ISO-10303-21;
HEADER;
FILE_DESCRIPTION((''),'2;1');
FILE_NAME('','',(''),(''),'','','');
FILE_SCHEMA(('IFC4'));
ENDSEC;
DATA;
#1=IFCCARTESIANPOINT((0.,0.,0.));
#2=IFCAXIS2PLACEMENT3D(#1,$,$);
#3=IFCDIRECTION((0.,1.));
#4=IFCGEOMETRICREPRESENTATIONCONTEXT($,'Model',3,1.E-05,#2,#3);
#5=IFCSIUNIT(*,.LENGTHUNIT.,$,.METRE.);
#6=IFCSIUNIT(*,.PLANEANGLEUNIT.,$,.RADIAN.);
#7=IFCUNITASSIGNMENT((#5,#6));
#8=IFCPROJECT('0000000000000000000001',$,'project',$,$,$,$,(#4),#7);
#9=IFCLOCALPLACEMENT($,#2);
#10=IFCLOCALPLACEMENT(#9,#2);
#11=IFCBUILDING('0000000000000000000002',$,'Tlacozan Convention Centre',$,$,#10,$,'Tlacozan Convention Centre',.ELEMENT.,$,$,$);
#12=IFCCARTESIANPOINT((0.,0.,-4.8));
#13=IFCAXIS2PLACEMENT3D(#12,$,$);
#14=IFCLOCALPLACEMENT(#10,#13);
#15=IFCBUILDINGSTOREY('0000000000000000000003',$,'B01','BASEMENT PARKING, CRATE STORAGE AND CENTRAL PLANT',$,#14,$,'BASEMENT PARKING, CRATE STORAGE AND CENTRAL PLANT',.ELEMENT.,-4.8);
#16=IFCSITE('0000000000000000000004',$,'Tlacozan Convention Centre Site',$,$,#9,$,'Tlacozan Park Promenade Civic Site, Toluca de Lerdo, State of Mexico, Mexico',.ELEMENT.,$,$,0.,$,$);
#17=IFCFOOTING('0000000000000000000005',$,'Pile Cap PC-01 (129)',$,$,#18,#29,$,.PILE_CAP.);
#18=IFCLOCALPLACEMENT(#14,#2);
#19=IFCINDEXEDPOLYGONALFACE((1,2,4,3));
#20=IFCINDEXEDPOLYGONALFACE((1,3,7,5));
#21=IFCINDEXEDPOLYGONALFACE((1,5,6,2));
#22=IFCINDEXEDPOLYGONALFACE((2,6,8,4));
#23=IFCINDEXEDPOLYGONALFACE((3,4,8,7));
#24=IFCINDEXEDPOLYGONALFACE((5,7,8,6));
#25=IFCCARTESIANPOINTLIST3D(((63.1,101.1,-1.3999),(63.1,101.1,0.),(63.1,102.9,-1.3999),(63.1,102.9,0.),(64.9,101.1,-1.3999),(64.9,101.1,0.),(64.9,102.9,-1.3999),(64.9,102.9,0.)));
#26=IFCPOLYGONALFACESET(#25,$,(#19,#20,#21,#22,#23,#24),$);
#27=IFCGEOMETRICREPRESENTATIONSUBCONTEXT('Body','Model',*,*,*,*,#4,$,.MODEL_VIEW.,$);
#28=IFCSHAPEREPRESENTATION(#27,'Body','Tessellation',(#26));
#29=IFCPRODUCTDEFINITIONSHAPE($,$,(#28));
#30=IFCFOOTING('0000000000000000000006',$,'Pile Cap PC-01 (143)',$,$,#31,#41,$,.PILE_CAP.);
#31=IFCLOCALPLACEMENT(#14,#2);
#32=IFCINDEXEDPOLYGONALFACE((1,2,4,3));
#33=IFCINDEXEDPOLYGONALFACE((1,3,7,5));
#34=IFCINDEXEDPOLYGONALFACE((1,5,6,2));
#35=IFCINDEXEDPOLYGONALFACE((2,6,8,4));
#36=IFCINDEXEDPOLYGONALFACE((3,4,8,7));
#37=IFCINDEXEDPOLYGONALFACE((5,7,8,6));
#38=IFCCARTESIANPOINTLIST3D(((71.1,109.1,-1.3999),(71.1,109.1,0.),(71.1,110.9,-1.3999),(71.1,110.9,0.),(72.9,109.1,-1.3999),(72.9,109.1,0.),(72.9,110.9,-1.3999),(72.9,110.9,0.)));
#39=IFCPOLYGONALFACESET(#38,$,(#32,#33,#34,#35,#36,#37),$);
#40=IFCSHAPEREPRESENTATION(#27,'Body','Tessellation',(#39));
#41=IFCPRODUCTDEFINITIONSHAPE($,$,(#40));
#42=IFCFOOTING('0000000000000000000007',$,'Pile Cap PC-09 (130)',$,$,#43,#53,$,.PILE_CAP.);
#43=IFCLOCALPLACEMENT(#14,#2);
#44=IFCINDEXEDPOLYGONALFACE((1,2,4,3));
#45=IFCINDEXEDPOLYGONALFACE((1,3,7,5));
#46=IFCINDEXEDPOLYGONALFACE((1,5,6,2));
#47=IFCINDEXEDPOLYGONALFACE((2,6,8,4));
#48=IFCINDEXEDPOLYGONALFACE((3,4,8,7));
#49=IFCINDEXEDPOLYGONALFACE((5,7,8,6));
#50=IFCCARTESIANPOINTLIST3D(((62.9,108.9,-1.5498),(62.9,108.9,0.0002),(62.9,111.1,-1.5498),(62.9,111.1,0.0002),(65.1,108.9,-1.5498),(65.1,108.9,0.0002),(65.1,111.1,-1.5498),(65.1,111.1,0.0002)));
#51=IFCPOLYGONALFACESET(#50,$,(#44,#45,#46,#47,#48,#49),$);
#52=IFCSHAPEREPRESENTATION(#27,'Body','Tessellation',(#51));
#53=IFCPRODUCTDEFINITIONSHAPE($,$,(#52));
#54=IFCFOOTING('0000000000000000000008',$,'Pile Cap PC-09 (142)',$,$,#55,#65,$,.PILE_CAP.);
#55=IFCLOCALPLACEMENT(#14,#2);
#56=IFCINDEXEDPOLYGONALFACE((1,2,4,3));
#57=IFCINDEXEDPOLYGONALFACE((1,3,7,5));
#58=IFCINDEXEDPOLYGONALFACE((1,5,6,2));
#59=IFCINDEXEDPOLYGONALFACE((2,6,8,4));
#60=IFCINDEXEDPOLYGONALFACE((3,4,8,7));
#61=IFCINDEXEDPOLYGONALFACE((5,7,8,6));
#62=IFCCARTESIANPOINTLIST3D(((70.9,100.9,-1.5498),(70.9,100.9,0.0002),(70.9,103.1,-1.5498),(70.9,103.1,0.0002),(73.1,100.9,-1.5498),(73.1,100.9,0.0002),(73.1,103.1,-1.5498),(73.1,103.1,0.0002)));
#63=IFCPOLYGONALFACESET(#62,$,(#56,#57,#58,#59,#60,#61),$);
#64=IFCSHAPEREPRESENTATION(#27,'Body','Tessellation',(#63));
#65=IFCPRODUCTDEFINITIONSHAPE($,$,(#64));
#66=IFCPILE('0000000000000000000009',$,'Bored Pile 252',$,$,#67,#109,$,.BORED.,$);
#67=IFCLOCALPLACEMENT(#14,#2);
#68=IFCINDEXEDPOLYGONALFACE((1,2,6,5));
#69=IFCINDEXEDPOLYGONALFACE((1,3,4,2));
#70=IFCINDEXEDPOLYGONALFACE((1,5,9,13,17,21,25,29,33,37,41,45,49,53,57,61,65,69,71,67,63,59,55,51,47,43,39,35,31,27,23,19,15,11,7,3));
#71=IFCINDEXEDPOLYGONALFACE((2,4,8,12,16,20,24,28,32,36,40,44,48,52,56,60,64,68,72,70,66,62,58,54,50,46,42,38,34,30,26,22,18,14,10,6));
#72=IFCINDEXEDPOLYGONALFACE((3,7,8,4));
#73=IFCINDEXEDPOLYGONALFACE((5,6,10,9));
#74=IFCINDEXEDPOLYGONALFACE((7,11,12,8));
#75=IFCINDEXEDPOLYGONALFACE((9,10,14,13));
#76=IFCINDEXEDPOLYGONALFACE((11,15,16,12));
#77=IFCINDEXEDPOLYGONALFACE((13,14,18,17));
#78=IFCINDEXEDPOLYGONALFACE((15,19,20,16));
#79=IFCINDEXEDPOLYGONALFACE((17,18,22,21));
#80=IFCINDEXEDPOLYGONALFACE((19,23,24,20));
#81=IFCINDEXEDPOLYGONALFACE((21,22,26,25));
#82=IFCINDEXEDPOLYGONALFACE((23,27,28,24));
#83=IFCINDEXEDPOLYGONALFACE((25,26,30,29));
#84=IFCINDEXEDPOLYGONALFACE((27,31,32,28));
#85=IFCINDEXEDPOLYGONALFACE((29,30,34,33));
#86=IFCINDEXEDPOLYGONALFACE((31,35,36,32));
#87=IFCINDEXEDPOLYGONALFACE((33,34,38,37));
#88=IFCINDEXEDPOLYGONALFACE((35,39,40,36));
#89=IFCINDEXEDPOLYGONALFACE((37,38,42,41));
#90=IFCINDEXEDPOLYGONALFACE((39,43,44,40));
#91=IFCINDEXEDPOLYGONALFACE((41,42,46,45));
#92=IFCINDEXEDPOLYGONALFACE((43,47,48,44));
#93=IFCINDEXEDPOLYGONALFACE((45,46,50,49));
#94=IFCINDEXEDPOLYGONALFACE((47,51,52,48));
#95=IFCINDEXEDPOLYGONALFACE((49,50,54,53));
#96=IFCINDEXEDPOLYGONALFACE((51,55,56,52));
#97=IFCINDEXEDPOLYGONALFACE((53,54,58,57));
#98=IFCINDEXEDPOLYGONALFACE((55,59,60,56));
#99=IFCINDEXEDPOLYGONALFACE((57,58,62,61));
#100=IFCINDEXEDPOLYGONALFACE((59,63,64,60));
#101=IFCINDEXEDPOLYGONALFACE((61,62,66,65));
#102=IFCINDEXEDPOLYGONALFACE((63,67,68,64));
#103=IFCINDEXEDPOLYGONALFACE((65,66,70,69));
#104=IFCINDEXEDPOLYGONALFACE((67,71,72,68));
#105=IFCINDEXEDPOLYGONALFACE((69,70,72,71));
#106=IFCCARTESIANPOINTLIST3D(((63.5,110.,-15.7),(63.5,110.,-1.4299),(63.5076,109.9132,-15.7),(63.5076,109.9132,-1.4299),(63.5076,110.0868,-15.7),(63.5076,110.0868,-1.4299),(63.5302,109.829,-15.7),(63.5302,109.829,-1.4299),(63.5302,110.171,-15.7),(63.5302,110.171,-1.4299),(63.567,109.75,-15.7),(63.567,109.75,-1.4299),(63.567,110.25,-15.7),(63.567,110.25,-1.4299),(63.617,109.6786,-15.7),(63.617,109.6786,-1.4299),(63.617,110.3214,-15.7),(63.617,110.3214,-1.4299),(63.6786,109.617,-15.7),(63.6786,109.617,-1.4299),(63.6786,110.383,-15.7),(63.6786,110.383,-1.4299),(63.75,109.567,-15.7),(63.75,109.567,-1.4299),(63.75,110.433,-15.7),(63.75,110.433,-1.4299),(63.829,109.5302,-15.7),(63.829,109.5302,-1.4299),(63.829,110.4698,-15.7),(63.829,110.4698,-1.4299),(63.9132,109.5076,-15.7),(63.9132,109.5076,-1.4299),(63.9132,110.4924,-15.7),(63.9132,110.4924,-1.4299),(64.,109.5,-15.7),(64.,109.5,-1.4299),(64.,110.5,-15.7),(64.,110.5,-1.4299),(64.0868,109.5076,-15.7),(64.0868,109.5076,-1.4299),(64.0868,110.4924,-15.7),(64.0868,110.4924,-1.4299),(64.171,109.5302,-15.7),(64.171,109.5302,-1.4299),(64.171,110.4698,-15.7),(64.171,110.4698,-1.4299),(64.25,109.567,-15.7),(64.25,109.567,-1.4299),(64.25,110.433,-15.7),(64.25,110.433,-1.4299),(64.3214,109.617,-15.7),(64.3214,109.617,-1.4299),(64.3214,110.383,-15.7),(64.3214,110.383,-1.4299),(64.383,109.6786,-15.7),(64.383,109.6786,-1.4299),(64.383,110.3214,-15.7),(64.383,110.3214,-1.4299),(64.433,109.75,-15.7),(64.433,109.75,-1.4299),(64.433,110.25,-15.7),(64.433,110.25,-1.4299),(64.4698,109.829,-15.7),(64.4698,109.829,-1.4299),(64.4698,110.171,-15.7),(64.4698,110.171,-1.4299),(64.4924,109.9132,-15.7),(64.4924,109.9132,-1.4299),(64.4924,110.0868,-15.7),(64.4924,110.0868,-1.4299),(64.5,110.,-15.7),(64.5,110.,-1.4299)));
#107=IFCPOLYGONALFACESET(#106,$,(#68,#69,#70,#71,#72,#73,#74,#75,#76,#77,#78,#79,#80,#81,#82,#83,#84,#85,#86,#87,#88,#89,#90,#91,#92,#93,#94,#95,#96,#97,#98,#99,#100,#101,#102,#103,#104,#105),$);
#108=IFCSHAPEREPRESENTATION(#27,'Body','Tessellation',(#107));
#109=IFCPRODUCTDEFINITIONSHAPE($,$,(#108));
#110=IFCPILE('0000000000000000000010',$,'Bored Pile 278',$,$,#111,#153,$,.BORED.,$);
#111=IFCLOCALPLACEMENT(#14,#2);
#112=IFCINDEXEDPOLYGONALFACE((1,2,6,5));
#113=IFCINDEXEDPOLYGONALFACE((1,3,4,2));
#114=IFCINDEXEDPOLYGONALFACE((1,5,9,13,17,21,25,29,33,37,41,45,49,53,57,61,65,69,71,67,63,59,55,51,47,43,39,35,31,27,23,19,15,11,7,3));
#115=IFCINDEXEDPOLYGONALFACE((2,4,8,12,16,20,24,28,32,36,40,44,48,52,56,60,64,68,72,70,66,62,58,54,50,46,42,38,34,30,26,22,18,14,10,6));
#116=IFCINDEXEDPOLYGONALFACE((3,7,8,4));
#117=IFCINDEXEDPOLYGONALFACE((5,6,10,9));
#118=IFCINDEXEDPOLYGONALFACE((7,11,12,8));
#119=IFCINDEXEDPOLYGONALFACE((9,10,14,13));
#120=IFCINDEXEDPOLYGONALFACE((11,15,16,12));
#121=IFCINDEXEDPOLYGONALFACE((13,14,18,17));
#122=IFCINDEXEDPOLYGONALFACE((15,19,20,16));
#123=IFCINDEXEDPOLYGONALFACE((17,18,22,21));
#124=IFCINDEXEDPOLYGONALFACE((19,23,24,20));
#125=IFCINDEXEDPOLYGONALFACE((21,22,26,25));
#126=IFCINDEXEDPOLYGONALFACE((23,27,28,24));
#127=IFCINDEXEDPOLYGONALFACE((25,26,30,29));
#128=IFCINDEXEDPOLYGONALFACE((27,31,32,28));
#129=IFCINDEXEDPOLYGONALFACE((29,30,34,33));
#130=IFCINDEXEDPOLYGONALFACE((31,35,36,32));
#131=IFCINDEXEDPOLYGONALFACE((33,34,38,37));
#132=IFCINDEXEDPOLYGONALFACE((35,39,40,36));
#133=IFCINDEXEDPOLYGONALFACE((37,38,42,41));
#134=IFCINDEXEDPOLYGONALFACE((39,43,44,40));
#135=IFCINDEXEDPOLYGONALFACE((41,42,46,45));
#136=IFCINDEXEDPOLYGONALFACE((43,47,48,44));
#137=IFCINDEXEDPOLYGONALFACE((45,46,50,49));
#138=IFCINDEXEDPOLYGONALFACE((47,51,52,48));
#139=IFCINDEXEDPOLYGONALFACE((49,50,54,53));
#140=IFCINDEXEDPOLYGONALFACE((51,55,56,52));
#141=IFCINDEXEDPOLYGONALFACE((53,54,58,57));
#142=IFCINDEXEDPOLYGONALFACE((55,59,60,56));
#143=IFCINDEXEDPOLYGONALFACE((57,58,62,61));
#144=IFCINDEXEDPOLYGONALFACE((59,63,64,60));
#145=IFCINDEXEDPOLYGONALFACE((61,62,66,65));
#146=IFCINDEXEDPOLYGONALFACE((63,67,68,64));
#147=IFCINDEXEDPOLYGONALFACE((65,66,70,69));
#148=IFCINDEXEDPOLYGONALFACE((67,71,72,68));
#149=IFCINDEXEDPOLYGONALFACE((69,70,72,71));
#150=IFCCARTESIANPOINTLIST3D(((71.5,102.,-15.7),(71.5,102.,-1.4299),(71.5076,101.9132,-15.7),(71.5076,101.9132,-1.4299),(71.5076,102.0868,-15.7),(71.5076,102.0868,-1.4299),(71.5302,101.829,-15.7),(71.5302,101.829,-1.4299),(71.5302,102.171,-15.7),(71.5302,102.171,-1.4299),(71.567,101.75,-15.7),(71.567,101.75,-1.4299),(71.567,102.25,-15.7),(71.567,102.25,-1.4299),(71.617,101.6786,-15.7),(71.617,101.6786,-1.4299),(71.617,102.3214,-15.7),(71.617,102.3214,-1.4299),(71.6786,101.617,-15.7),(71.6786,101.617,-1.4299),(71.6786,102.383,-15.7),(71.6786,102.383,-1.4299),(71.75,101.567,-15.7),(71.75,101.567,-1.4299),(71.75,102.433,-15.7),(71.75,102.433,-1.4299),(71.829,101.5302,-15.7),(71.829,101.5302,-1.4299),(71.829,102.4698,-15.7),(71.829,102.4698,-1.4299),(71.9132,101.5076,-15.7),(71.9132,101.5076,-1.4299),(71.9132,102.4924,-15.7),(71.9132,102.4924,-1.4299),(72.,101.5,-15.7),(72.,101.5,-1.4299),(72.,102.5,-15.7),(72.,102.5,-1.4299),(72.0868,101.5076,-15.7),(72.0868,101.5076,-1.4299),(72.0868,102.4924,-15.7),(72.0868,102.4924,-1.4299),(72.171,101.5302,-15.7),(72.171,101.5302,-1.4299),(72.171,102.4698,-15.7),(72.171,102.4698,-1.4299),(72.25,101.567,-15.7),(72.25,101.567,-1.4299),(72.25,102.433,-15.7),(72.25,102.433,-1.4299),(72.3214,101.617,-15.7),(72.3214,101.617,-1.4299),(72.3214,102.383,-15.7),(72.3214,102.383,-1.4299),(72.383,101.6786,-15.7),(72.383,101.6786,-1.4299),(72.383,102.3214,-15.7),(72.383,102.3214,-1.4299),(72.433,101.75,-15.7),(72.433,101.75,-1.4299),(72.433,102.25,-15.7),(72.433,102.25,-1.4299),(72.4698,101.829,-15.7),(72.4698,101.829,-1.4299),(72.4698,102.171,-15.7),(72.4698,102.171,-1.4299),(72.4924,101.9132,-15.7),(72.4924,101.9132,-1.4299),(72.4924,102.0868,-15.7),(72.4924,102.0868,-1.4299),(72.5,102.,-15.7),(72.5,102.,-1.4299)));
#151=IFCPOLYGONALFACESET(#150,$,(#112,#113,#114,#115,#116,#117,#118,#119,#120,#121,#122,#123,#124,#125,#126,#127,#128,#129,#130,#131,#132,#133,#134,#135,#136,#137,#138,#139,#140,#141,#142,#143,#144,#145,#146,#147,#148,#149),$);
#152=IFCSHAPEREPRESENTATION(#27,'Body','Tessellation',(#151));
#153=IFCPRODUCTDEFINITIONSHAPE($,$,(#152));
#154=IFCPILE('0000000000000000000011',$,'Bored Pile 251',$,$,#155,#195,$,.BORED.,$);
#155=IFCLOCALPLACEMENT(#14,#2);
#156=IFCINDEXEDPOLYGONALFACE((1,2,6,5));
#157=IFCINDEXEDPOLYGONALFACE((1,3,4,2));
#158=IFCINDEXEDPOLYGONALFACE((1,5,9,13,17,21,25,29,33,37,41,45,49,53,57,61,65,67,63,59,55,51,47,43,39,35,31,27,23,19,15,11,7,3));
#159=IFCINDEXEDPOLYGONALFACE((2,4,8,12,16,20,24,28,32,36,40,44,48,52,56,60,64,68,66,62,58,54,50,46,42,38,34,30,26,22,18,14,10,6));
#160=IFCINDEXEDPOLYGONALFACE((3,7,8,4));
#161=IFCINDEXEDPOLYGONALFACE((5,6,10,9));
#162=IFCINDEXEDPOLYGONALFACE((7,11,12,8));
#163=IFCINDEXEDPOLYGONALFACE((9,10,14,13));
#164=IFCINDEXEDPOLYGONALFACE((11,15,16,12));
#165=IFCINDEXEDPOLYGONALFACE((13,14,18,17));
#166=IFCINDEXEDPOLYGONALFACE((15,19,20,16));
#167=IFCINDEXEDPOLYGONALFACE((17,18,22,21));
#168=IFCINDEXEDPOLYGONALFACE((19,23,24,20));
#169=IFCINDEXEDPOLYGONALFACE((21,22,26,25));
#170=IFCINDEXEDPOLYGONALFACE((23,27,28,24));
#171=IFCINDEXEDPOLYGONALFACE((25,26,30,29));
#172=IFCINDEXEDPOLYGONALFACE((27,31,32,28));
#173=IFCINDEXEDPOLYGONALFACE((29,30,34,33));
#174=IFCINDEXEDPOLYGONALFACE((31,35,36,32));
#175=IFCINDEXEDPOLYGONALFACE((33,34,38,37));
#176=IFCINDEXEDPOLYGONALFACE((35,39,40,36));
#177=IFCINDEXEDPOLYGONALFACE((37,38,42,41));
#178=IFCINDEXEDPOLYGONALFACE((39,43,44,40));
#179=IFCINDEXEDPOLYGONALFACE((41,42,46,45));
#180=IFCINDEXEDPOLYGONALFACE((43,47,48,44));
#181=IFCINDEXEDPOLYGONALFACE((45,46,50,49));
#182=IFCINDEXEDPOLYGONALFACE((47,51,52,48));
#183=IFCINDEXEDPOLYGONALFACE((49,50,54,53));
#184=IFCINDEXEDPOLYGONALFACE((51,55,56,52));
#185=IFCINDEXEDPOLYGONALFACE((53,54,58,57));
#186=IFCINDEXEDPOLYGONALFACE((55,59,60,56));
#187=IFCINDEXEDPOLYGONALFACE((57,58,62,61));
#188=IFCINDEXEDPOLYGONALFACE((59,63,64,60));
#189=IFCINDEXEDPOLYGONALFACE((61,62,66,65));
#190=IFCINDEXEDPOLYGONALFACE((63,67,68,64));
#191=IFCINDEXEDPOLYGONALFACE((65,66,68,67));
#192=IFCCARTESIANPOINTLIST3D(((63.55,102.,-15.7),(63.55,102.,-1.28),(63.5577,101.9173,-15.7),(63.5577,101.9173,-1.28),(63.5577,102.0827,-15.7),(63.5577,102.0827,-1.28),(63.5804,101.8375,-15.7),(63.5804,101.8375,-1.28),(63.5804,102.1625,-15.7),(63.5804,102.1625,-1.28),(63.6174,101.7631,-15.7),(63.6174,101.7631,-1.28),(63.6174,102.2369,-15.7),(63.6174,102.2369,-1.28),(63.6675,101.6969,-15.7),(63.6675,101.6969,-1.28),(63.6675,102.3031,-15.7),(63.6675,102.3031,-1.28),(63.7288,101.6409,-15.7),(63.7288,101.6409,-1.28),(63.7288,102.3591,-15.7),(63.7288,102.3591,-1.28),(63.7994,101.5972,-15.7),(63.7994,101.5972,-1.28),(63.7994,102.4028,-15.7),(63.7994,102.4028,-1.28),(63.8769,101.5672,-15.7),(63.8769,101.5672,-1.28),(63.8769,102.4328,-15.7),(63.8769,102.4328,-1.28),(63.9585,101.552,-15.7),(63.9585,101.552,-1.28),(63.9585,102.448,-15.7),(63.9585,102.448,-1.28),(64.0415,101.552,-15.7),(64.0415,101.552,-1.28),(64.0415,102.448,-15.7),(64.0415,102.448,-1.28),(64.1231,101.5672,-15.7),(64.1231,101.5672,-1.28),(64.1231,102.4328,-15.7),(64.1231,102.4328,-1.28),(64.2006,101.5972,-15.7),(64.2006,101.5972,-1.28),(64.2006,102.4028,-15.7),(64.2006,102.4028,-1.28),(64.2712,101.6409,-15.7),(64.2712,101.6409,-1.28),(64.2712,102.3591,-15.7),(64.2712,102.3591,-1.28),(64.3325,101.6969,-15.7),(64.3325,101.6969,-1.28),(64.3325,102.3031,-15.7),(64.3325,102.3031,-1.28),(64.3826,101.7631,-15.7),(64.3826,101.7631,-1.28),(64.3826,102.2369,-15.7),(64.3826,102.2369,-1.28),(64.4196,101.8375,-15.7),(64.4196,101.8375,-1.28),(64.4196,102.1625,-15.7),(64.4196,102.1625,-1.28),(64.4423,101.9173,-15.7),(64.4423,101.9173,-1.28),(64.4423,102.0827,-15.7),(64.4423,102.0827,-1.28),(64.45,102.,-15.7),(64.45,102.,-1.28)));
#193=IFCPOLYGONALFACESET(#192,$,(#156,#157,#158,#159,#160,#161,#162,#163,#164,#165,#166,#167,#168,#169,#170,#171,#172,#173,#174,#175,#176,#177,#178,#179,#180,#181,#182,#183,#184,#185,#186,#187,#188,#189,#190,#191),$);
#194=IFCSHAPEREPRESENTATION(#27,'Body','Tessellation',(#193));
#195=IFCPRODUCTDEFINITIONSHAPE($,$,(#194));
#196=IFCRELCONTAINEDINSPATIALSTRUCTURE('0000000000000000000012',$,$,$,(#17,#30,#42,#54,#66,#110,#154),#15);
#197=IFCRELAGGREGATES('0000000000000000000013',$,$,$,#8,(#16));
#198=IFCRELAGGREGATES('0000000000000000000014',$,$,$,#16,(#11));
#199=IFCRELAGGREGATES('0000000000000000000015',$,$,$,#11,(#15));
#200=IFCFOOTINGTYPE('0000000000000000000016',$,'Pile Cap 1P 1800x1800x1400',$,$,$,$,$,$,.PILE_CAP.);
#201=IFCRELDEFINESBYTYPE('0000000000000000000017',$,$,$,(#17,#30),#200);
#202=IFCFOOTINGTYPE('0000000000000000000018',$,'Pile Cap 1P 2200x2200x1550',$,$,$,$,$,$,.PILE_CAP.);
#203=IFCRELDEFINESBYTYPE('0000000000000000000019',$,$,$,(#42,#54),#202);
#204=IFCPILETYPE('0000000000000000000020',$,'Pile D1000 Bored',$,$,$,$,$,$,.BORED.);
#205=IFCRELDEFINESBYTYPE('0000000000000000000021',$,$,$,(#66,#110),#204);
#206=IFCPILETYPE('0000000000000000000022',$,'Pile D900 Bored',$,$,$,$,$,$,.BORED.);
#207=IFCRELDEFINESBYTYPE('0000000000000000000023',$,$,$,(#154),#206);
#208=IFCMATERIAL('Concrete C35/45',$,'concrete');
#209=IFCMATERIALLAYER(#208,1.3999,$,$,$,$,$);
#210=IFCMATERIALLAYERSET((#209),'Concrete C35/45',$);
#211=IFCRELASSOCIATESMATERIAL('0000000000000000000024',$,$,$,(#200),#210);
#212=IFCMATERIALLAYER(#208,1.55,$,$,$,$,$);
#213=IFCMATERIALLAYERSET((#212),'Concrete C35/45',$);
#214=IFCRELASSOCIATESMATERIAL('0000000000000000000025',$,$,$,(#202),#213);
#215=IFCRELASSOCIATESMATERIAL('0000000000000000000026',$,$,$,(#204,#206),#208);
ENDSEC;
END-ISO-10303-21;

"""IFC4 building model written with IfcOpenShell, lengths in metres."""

from ifc_helpers import new_model, si_unit, direction, frame, origin, origin_2d, place, context, subcontext, project, spatial, rectangle, circle, extrude, material, layer, layer_set, material_profile, profile_set, type_object, element, save


model = new_model("IFC4")

# Units and contexts
model_context = context("Model", 3, precision=1e-05, world=origin(), true_north=direction((0.0, 1.0)))
body_context = subcontext(model_context, "Body", "Model", "MODEL_VIEW")
ifc_project = project(units=[si_unit("LENGTHUNIT", "METRE"), si_unit("PLANEANGLEUNIT", "RADIAN")], contexts=[model_context])

# Site, building, storey
site_placement = place(None, origin())
site = spatial("IfcSite", under=ifc_project, at=site_placement, Name="Tlacozan Convention Centre Site", LongName="Tlacozan Park Promenade Civic Site, Toluca de Lerdo, State of Mexico, Mexico", CompositionType="ELEMENT", RefElevation=0.0)
building_placement = place(site_placement, origin())
building = spatial("IfcBuilding", under=site, at=building_placement, Name="Tlacozan Convention Centre", LongName="Tlacozan Convention Centre", CompositionType="ELEMENT")
storey_placement = place(building_placement, frame((0.0, 0.0, -4.8)))
storey = spatial("IfcBuildingStorey", under=building, at=storey_placement, Name="B01", Description="BASEMENT PARKING, CRATE STORAGE AND CENTRAL PLANT", LongName="BASEMENT PARKING, CRATE STORAGE AND CENTRAL PLANT", CompositionType="ELEMENT", Elevation=-4.8)

# Footings
ifc_material_1 = material(Name="Concrete C35/45", Category="concrete")
ifc_layer_1 = layer(ifc_material_1, 1.3999)
ifc_layer_set_1 = layer_set([ifc_layer_1], Name="Concrete C35/45")
footing_type_1 = type_object("IfcFootingType", Name="Pile Cap 1P 1800x1800x1400", PredefinedType="PILE_CAP", material=ifc_layer_set_1)
for number, where, z_axis, x_axis, name in (
    (1, (64.0, 102.0, -1.3999), (0.0, 0.0, 1.0), (1.0, 0.0, 0.0), "Pile Cap PC-01 (129)"),
    (2, (72.0, 110.0, -1.3999), (0.0, 0.0, 1.0), (1.0, 0.0, 0.0), "Pile Cap PC-01 (143)"),
):
    element("IfcFooting", number, at=place(storey_placement, frame(where, z_axis=z_axis, x_axis=x_axis)), inside=storey, type_object=footing_type_1, Name=name, PredefinedType="PILE_CAP", context=body_context, shape_type="SweptSolid", body=[
        extrude(rectangle(XDim=1.8, YDim=1.8, at=origin_2d()), origin(), (0.0, 0.0, 1.0), 1.3999),
    ])
ifc_layer_2 = layer(ifc_material_1, 1.55)
ifc_layer_set_2 = layer_set([ifc_layer_2], Name="Concrete C35/45")
footing_type_2 = type_object("IfcFootingType", Name="Pile Cap 1P 2200x2200x1550", PredefinedType="PILE_CAP", material=ifc_layer_set_2)
for number, where, z_axis, x_axis, name in (
    (3, (64.0, 110.0, -1.5498), (0.0, 0.0, 1.0), (1.0, 0.0, 0.0), "Pile Cap PC-09 (130)"),
    (4, (72.0, 102.0, -1.5498), (0.0, 0.0, 1.0), (1.0, 0.0, 0.0), "Pile Cap PC-09 (142)"),
):
    element("IfcFooting", number, at=place(storey_placement, frame(where, z_axis=z_axis, x_axis=x_axis)), inside=storey, type_object=footing_type_2, Name=name, PredefinedType="PILE_CAP", context=body_context, shape_type="SweptSolid", body=[
        extrude(rectangle(XDim=2.2, YDim=2.2, at=origin_2d()), origin(), (0.0, 0.0, 1.0), 1.55),
    ])

# Piles
ifc_material_profile_1 = material_profile(ifc_material_1, circle(Radius=0.5, at=origin_2d()), Name="PILE D1000")
ifc_profile_set_1 = profile_set([ifc_material_profile_1], Name="Concrete C35/45")
pile_type_1 = type_object("IfcPileType", Name="Pile D1000 Bored", PredefinedType="BORED", material=ifc_profile_set_1)
for number, where, z_axis, x_axis, name in (
    (5, (64.0, 110.0, -1.4299), (0.0, 0.0, -1.0), (1.0, 0.0, 0.0), "Bored Pile 252"),
    (6, (72.0, 102.0, -1.4299), (0.0, 0.0, -1.0), (1.0, 0.0, 0.0), "Bored Pile 278"),
):
    element("IfcPile", number, at=place(storey_placement, frame(where, z_axis=z_axis, x_axis=x_axis)), inside=storey, type_object=pile_type_1, Name=name, PredefinedType="BORED", context=body_context, shape_type="SweptSolid", body=[
        extrude(circle(Radius=0.5, at=origin_2d()), origin(), (0.0, 0.0, 1.0), 14.27),
    ])
ifc_material_profile_2 = material_profile(ifc_material_1, circle(Radius=0.45, at=origin_2d()), Name="PILE D900")
ifc_profile_set_2 = profile_set([ifc_material_profile_2], Name="Concrete C35/45")
pile_type_2 = type_object("IfcPileType", Name="Pile D900 Bored", PredefinedType="BORED", material=ifc_profile_set_2)
for number, where, z_axis, x_axis, name in (
    (7, (64.0, 102.0, -1.28), (0.0, 0.0, -1.0), (1.0, 0.0, 0.0), "Bored Pile 251"),
):
    element("IfcPile", number, at=place(storey_placement, frame(where, z_axis=z_axis, x_axis=x_axis)), inside=storey, type_object=pile_type_2, Name=name, PredefinedType="BORED", context=body_context, shape_type="SweptSolid", body=[
        extrude(circle(Radius=0.45, at=origin_2d()), origin(), (0.0, 0.0, 1.0), 14.4199),
    ])

save(model, "model.ifc")
